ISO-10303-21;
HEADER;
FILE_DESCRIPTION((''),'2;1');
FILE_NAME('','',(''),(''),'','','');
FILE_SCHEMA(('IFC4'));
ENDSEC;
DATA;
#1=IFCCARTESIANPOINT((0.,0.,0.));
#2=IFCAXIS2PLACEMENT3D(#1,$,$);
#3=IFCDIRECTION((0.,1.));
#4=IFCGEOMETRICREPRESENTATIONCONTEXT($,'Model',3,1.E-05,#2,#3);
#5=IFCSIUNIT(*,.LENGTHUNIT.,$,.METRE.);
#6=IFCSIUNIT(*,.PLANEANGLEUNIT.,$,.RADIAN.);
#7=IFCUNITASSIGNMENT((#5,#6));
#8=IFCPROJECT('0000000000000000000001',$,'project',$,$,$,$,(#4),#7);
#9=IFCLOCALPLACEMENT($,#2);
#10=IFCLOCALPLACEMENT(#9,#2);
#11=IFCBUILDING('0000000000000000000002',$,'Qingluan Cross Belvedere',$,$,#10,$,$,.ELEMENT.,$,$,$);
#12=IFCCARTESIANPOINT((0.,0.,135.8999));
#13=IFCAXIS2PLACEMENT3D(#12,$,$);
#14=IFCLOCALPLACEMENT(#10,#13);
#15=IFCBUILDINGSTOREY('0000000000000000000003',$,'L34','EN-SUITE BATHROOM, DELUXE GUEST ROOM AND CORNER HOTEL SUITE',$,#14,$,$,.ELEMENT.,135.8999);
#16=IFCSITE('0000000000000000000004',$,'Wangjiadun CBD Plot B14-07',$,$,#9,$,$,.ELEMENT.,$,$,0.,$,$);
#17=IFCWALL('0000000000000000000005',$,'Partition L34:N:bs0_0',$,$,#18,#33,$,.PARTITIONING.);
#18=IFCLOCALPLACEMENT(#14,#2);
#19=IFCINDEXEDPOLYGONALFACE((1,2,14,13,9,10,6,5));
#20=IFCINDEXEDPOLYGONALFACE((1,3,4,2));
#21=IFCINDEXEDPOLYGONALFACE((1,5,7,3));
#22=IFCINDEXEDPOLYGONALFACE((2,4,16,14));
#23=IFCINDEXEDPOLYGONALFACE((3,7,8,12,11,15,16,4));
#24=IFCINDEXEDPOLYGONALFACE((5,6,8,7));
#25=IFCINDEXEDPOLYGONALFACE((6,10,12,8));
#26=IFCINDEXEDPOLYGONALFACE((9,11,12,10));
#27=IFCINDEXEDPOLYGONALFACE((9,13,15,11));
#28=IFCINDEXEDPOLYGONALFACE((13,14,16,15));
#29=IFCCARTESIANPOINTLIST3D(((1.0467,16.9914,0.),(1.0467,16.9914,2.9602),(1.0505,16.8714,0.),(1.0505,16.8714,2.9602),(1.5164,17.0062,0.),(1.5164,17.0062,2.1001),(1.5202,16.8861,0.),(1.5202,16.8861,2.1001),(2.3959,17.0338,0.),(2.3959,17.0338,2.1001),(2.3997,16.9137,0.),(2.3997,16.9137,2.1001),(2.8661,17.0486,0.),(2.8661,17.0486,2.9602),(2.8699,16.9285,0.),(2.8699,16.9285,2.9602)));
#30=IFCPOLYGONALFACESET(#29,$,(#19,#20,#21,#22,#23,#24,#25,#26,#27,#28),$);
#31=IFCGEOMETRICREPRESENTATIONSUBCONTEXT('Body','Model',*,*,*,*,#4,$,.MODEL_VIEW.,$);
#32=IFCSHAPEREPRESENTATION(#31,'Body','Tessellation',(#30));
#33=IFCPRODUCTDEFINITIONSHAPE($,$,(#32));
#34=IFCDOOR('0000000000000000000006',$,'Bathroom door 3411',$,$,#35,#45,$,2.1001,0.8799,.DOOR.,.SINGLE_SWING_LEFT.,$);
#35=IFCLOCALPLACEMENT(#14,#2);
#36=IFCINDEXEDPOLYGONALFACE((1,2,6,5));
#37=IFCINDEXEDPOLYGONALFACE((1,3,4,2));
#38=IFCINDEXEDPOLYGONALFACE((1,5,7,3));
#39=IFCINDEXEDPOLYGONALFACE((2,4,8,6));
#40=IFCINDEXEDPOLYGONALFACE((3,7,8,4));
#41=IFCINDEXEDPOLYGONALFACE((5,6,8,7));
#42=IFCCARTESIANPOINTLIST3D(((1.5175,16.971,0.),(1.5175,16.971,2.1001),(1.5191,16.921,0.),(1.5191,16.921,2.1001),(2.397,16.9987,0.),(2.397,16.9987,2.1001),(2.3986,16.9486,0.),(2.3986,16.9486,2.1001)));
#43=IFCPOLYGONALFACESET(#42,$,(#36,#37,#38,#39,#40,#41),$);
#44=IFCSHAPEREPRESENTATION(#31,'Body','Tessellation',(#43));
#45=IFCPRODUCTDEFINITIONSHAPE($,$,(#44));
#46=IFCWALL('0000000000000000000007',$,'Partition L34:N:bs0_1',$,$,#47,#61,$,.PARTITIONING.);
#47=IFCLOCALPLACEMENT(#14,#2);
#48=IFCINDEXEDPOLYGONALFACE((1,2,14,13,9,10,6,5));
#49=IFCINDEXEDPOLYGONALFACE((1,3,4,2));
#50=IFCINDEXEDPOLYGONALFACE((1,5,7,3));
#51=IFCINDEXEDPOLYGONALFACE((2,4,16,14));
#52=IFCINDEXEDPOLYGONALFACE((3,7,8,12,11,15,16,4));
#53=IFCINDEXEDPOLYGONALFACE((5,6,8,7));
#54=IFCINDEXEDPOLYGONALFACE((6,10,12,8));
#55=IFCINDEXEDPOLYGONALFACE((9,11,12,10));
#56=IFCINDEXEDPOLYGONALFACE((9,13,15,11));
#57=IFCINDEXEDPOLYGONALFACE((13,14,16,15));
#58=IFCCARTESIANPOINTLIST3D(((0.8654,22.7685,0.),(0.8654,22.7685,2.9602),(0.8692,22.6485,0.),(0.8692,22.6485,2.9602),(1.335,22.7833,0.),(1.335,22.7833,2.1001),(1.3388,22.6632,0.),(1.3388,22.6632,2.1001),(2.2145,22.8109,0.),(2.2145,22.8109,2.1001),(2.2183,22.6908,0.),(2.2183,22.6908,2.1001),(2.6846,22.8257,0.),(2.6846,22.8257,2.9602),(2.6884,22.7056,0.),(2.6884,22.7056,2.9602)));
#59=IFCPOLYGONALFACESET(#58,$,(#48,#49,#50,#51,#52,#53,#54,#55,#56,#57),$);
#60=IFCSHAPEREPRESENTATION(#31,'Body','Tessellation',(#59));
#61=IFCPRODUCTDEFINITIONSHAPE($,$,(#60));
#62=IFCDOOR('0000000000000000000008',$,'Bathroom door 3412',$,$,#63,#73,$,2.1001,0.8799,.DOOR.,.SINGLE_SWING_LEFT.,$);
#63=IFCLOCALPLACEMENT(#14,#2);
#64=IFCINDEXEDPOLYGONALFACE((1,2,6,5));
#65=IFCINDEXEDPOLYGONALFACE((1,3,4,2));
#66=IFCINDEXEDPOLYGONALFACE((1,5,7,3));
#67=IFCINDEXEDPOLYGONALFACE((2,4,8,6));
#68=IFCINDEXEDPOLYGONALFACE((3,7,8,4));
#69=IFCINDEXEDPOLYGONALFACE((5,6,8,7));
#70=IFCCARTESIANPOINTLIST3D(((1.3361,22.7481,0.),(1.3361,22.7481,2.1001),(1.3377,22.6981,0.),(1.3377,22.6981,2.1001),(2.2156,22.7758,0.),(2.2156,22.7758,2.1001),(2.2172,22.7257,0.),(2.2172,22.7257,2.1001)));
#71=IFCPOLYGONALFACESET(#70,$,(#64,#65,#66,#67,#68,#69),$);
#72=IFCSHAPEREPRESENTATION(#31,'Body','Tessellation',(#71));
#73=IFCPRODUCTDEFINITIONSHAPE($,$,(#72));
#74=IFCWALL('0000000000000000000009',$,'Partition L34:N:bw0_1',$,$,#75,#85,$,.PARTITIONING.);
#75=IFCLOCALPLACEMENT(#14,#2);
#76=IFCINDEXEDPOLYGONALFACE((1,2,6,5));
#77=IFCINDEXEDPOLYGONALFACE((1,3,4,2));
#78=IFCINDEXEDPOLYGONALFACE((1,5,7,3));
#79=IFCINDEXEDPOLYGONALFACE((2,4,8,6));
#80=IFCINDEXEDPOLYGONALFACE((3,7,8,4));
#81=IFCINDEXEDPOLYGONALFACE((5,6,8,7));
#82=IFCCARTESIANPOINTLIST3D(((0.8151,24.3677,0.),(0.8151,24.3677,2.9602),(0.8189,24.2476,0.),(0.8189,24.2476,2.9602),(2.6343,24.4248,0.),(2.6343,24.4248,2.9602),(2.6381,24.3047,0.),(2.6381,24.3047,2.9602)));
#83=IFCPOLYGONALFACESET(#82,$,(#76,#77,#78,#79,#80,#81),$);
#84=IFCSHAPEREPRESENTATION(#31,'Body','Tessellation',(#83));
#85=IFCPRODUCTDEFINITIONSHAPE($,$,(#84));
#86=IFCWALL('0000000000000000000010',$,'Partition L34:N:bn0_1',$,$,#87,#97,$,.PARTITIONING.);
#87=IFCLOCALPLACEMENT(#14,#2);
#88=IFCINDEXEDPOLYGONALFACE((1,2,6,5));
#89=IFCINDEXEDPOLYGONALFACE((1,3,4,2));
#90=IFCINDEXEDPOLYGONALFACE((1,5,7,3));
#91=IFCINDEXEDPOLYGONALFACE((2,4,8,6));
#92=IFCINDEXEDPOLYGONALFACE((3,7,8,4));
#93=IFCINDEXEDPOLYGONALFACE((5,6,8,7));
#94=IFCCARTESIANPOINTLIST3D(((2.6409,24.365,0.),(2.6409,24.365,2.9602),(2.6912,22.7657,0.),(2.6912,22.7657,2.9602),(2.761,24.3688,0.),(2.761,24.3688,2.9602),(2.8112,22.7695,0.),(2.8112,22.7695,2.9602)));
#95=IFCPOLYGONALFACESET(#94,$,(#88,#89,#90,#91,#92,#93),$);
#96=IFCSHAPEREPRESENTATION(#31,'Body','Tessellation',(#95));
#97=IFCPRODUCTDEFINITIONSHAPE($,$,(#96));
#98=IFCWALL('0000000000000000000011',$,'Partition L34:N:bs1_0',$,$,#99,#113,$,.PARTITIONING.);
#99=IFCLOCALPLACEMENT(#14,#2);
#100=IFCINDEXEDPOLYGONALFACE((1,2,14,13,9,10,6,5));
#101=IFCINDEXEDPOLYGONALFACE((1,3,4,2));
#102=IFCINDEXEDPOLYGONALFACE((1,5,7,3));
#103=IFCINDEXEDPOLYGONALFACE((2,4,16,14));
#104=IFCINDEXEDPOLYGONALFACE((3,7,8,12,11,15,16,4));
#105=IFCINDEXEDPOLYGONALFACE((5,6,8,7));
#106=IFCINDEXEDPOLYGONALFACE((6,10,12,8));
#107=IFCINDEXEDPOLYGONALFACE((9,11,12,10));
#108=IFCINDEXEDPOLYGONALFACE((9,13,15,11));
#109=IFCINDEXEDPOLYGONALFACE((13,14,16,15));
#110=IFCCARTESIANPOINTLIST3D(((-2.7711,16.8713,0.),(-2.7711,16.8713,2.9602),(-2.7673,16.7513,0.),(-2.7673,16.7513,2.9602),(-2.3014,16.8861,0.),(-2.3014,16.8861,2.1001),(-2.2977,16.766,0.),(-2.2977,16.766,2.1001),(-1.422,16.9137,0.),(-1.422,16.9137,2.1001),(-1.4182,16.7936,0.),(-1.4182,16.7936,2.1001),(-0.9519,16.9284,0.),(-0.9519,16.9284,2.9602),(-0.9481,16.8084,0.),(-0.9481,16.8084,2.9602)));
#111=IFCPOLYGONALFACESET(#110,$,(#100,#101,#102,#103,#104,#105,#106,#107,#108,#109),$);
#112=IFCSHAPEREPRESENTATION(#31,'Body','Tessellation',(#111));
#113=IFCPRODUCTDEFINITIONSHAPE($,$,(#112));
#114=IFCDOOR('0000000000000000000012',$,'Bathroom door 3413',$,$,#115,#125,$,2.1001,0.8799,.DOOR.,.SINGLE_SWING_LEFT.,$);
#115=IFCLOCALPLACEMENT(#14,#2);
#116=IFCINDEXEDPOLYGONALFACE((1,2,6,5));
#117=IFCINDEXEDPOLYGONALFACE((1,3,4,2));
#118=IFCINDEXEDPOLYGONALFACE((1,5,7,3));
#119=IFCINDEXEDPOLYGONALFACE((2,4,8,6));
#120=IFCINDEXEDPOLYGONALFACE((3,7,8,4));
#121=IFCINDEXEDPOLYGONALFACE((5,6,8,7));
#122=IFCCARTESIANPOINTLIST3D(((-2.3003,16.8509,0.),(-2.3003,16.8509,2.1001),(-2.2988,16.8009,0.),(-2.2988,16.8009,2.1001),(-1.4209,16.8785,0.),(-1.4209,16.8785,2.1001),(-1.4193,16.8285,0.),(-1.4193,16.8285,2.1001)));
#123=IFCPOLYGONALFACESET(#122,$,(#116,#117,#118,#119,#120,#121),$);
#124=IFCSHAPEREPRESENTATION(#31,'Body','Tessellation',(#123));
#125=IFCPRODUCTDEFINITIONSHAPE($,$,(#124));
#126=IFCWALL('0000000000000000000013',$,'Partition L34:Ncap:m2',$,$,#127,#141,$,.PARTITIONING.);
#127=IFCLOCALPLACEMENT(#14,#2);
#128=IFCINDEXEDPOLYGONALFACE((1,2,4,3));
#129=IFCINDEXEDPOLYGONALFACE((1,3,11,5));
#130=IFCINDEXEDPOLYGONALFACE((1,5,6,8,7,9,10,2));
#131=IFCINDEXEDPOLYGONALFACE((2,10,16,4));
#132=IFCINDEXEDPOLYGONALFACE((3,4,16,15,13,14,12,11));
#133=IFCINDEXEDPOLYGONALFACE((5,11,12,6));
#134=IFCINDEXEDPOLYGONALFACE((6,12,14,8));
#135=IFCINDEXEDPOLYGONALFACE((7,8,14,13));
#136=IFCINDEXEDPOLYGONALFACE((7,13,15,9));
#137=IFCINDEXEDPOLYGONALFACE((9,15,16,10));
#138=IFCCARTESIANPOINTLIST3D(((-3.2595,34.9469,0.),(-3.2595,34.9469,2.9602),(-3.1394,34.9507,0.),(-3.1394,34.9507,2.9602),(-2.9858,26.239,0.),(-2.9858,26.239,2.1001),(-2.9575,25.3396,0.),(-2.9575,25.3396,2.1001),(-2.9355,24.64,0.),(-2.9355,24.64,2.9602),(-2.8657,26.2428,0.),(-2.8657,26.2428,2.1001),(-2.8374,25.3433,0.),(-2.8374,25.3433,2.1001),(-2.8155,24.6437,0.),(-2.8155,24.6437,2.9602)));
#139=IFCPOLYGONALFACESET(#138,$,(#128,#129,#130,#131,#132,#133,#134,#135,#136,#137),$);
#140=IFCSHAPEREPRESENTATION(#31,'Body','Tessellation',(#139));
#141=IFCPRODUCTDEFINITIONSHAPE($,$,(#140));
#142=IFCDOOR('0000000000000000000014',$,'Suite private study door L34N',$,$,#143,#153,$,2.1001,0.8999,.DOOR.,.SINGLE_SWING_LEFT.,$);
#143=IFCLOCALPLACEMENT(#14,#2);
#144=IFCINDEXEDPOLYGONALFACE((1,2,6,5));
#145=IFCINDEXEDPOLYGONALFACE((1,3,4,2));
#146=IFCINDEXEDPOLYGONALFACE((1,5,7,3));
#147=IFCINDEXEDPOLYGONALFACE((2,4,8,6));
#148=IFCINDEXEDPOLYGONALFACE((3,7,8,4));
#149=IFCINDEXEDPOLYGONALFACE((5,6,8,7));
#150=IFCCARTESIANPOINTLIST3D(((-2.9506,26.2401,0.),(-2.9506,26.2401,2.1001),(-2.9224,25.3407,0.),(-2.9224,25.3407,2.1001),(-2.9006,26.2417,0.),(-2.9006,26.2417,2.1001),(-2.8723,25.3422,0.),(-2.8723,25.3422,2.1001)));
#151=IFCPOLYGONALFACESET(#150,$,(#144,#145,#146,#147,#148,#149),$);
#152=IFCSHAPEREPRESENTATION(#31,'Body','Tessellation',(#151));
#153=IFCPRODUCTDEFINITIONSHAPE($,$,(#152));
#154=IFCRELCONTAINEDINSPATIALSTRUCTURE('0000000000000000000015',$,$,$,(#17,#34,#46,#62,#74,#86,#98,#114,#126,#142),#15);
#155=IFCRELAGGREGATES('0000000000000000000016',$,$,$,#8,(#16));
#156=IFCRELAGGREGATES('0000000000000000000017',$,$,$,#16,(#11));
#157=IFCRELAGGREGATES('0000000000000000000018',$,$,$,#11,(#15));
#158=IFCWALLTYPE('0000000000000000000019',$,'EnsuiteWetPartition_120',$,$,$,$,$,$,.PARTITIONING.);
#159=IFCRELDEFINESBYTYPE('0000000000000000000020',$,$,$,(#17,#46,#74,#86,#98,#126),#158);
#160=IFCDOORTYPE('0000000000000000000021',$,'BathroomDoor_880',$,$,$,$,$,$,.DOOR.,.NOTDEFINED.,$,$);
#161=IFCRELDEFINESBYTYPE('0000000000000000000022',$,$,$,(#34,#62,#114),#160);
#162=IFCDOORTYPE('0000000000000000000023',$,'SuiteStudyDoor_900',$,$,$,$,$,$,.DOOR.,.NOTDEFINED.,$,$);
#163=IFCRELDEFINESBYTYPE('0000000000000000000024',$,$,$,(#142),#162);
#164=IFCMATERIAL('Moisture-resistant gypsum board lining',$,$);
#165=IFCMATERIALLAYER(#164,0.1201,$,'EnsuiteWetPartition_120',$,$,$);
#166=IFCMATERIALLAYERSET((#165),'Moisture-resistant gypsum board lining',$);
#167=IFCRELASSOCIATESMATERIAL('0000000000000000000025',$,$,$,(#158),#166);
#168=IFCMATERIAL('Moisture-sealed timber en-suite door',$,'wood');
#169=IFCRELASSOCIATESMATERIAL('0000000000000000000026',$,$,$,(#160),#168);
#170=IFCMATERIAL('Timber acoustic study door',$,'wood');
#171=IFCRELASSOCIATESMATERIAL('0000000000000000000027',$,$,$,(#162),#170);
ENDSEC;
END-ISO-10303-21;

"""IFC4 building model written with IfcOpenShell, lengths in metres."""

from ifc_helpers import new_model, si_unit, direction, frame, frame_2d, origin, place, context, subcontext, project, spatial, rectangle, extrude, material, layer, layer_set, type_object, element, fill, save


model = new_model("IFC4")

# Units and contexts
model_context = context("Model", 3, precision=1e-05, world=origin(), true_north=direction((0.0, 1.0)))
body_context = subcontext(model_context, "Body", "Model", "MODEL_VIEW")
ifc_project = project(units=[si_unit("LENGTHUNIT", "METRE"), si_unit("PLANEANGLEUNIT", "RADIAN")], contexts=[model_context])

# Site, building, storey
site_placement = place(None, origin())
site = spatial("IfcSite", under=ifc_project, at=site_placement, Name="Wangjiadun CBD Plot B14-07", CompositionType="ELEMENT", RefElevation=0.0)
building_placement = place(site_placement, origin())
building = spatial("IfcBuilding", under=site, at=building_placement, Name="Qingluan Cross Belvedere", CompositionType="ELEMENT")
storey_placement = place(building_placement, frame((0.0, 0.0, 135.8999)))
storey = spatial("IfcBuildingStorey", under=building, at=storey_placement, Name="L34", Description="EN-SUITE BATHROOM, DELUXE GUEST ROOM AND CORNER HOTEL SUITE", CompositionType="ELEMENT", Elevation=135.8999)

# Walls, openings, doors
ifc_material_1 = material(Name="Moisture-resistant gypsum board lining")
ifc_layer_1 = layer(ifc_material_1, 0.1201, Name="EnsuiteWetPartition_120")
ifc_layer_set_1 = layer_set([ifc_layer_1], Name="Moisture-resistant gypsum board lining")
wall_type_1 = type_object("IfcWallType", Name="EnsuiteWetPartition_120", PredefinedType="PARTITIONING", material=ifc_layer_set_1)
wall_1_placement = place(storey_placement, frame((1.0486, 16.9314, 0.0), z_axis=(0.0, 0.0, 1.0), x_axis=(0.999507, 0.031385, 0.0)))
wall_1 = element("IfcWall", 1, at=wall_1_placement, inside=storey, type_object=wall_type_1, Name="Partition L34:N:bs0_0", PredefinedType="PARTITIONING", context=body_context, shape_type="SweptSolid", body=[
    extrude(rectangle(XDim=1.8203, YDim=0.1201, at=frame_2d((0.9102, 0.0))), origin(), (0.0, 0.0, 1.0), 2.9602),
])
opening_1_placement = place(wall_1_placement, frame((0.47, 0.0, 0.0)))
opening_1 = element("IfcOpeningElement", 2, at=opening_1_placement, cuts=wall_1, PredefinedType="OPENING", context=body_context, shape_type="SweptSolid", body=[
    extrude(rectangle(XDim=0.8799, YDim=2.1001, at=frame_2d((0.4399, 1.05))), frame((0.0, 0.0701, 0.0), z_axis=(0.0, -1.0, 0.0), x_axis=(1.0, 0.0, 0.0)), (0.0, 0.0, 1.0), 0.1401),
])
ifc_material_2 = material(Name="Moisture-sealed timber en-suite door", Category="wood")
door_type_1 = type_object("IfcDoorType", Name="BathroomDoor_880", OperationType="NOTDEFINED", PredefinedType="DOOR", material=ifc_material_2)
door_1_placement = place(opening_1_placement, origin())
door_1 = element("IfcDoor", 3, at=door_1_placement, inside=storey, type_object=door_type_1, Name="Bathroom door 3411", OperationType="SINGLE_SWING_LEFT", OverallHeight=2.1001, OverallWidth=0.8799, PredefinedType="DOOR", context=body_context, shape_type="SweptSolid", body=[
    extrude(rectangle(XDim=0.8799, YDim=2.1001, at=frame_2d((0.4399, 1.05))), frame((0.0, 0.0249, 0.0), z_axis=(0.0, -1.0, 0.0), x_axis=(1.0, 0.0, 0.0)), (0.0, 0.0, 1.0), 0.05),
])
fill(opening_1, door_1)
wall_2_placement = place(storey_placement, frame((0.8672, 22.7085, 0.0), z_axis=(0.0, 0.0, 1.0), x_axis=(0.999507, 0.03139, 0.0)))
wall_2 = element("IfcWall", 4, at=wall_2_placement, inside=storey, type_object=wall_type_1, Name="Partition L34:N:bs0_1", PredefinedType="PARTITIONING", context=body_context, shape_type="SweptSolid", body=[
    extrude(rectangle(XDim=1.8201, YDim=0.1201, at=frame_2d((0.9102, 0.0))), origin(), (0.0, 0.0, 1.0), 2.9602),
])
opening_2_placement = place(wall_2_placement, frame((0.47, 0.0, 0.0)))
opening_2 = element("IfcOpeningElement", 5, at=opening_2_placement, cuts=wall_2, PredefinedType="OPENING", context=body_context, shape_type="SweptSolid", body=[
    extrude(rectangle(XDim=0.8799, YDim=2.1001, at=frame_2d((0.4399, 1.05))), frame((0.0, 0.0701, 0.0), z_axis=(0.0, -1.0, 0.0), x_axis=(1.0, 0.0, 0.0)), (0.0, 0.0, 1.0), 0.1401),
])
door_2_placement = place(opening_2_placement, origin())
door_2 = element("IfcDoor", 6, at=door_2_placement, inside=storey, type_object=door_type_1, Name="Bathroom door 3412", OperationType="SINGLE_SWING_LEFT", OverallHeight=2.1001, OverallWidth=0.8799, PredefinedType="DOOR", context=body_context, shape_type="SweptSolid", body=[
    extrude(rectangle(XDim=0.8799, YDim=2.1001, at=frame_2d((0.4399, 1.05))), frame((0.0, 0.0249, 0.0), z_axis=(0.0, -1.0, 0.0), x_axis=(1.0, 0.0, 0.0)), (0.0, 0.0, 1.0), 0.05),
])
fill(opening_2, door_2)

# Walls
wall_3_placement = place(storey_placement, frame((0.8169, 24.3076, 0.0), z_axis=(0.0, 0.0, 1.0), x_axis=(0.999507, 0.03139, 0.0)))
element("IfcWall", 7, at=wall_3_placement, inside=storey, type_object=wall_type_1, Name="Partition L34:N:bw0_1", PredefinedType="PARTITIONING", context=body_context, shape_type="SweptSolid", body=[
    extrude(rectangle(XDim=1.8201, YDim=0.1201, at=frame_2d((0.9102, 0.0))), origin(), (0.0, 0.0, 1.0), 2.9602),
])
wall_4_placement = place(storey_placement, frame((2.7512, 22.7676, 0.0), z_axis=(0.0, 0.0, 1.0), x_axis=(-0.03143, 0.999506, 0.0)))
element("IfcWall", 8, at=wall_4_placement, inside=storey, type_object=wall_type_1, Name="Partition L34:N:bn0_1", PredefinedType="PARTITIONING", context=body_context, shape_type="SweptSolid", body=[
    extrude(rectangle(XDim=1.6001, YDim=0.1201, at=frame_2d((0.8, 0.0))), origin(), (0.0, 0.0, 1.0), 2.9602),
])

# Walls, openings, doors
wall_5_placement = place(storey_placement, frame((-2.7693, 16.8113, 0.0), z_axis=(0.0, 0.0, 1.0), x_axis=(0.999507, 0.03139, 0.0)))
wall_5 = element("IfcWall", 9, at=wall_5_placement, inside=storey, type_object=wall_type_1, Name="Partition L34:N:bs1_0", PredefinedType="PARTITIONING", context=body_context, shape_type="SweptSolid", body=[
    extrude(rectangle(XDim=1.8201, YDim=0.1201, at=frame_2d((0.9102, 0.0))), origin(), (0.0, 0.0, 1.0), 2.9602),
])
opening_3_placement = place(wall_5_placement, frame((0.47, 0.0, 0.0)))
opening_3 = element("IfcOpeningElement", 10, at=opening_3_placement, cuts=wall_5, PredefinedType="OPENING", context=body_context, shape_type="SweptSolid", body=[
    extrude(rectangle(XDim=0.8799, YDim=2.1001, at=frame_2d((0.4399, 1.05))), frame((0.0, 0.0701, 0.0), z_axis=(0.0, -1.0, 0.0), x_axis=(1.0, 0.0, 0.0)), (0.0, 0.0, 1.0), 0.1401),
])
door_3_placement = place(opening_3_placement, origin())
door_3 = element("IfcDoor", 11, at=door_3_placement, inside=storey, type_object=door_type_1, Name="Bathroom door 3413", OperationType="SINGLE_SWING_LEFT", OverallHeight=2.1001, OverallWidth=0.8799, PredefinedType="DOOR", context=body_context, shape_type="SweptSolid", body=[
    extrude(rectangle(XDim=0.8799, YDim=2.1001, at=frame_2d((0.4399, 1.05))), frame((0.0, 0.0249, 0.0), z_axis=(0.0, -1.0, 0.0), x_axis=(1.0, 0.0, 0.0)), (0.0, 0.0, 1.0), 0.05),
])
fill(opening_3, door_3)
wall_6_placement = place(storey_placement, frame((-2.8755, 24.6418, 0.0), z_axis=(0.0, 0.0, 1.0), x_axis=(-0.031417, 0.999506, 0.0)))
wall_6 = element("IfcWall", 12, at=wall_6_placement, inside=storey, type_object=wall_type_1, Name="Partition L34:Ncap:m2", PredefinedType="PARTITIONING", context=body_context, shape_type="SweptSolid", body=[
    extrude(rectangle(XDim=10.312, YDim=0.1201, at=frame_2d((5.156, 0.0))), origin(), (0.0, 0.0, 1.0), 2.9602),
])
opening_4_placement = place(wall_6_placement, frame((0.7, 0.0, 0.0)))
opening_4 = element("IfcOpeningElement", 13, at=opening_4_placement, cuts=wall_6, PredefinedType="OPENING", context=body_context, shape_type="SweptSolid", body=[
    extrude(rectangle(XDim=0.8999, YDim=2.1001, at=frame_2d((0.45, 1.05))), frame((0.0, 0.0701, 0.0), z_axis=(0.0, -1.0, 0.0), x_axis=(1.0, 0.0, 0.0)), (0.0, 0.0, 1.0), 0.1401),
])
ifc_material_3 = material(Name="Timber acoustic study door", Category="wood")
door_type_2 = type_object("IfcDoorType", Name="SuiteStudyDoor_900", OperationType="NOTDEFINED", PredefinedType="DOOR", material=ifc_material_3)
door_4_placement = place(opening_4_placement, origin())
door_4 = element("IfcDoor", 14, at=door_4_placement, inside=storey, type_object=door_type_2, Name="Suite private study door L34N", OperationType="SINGLE_SWING_LEFT", OverallHeight=2.1001, OverallWidth=0.8999, PredefinedType="DOOR", context=body_context, shape_type="SweptSolid", body=[
    extrude(rectangle(XDim=0.8999, YDim=2.1001, at=frame_2d((0.45, 1.05))), frame((0.0, 0.0249, 0.0), z_axis=(0.0, -1.0, 0.0), x_axis=(1.0, 0.0, 0.0)), (0.0, 0.0, 1.0), 0.05),
])
fill(opening_4, door_4)

save(model, "model.ifc")
